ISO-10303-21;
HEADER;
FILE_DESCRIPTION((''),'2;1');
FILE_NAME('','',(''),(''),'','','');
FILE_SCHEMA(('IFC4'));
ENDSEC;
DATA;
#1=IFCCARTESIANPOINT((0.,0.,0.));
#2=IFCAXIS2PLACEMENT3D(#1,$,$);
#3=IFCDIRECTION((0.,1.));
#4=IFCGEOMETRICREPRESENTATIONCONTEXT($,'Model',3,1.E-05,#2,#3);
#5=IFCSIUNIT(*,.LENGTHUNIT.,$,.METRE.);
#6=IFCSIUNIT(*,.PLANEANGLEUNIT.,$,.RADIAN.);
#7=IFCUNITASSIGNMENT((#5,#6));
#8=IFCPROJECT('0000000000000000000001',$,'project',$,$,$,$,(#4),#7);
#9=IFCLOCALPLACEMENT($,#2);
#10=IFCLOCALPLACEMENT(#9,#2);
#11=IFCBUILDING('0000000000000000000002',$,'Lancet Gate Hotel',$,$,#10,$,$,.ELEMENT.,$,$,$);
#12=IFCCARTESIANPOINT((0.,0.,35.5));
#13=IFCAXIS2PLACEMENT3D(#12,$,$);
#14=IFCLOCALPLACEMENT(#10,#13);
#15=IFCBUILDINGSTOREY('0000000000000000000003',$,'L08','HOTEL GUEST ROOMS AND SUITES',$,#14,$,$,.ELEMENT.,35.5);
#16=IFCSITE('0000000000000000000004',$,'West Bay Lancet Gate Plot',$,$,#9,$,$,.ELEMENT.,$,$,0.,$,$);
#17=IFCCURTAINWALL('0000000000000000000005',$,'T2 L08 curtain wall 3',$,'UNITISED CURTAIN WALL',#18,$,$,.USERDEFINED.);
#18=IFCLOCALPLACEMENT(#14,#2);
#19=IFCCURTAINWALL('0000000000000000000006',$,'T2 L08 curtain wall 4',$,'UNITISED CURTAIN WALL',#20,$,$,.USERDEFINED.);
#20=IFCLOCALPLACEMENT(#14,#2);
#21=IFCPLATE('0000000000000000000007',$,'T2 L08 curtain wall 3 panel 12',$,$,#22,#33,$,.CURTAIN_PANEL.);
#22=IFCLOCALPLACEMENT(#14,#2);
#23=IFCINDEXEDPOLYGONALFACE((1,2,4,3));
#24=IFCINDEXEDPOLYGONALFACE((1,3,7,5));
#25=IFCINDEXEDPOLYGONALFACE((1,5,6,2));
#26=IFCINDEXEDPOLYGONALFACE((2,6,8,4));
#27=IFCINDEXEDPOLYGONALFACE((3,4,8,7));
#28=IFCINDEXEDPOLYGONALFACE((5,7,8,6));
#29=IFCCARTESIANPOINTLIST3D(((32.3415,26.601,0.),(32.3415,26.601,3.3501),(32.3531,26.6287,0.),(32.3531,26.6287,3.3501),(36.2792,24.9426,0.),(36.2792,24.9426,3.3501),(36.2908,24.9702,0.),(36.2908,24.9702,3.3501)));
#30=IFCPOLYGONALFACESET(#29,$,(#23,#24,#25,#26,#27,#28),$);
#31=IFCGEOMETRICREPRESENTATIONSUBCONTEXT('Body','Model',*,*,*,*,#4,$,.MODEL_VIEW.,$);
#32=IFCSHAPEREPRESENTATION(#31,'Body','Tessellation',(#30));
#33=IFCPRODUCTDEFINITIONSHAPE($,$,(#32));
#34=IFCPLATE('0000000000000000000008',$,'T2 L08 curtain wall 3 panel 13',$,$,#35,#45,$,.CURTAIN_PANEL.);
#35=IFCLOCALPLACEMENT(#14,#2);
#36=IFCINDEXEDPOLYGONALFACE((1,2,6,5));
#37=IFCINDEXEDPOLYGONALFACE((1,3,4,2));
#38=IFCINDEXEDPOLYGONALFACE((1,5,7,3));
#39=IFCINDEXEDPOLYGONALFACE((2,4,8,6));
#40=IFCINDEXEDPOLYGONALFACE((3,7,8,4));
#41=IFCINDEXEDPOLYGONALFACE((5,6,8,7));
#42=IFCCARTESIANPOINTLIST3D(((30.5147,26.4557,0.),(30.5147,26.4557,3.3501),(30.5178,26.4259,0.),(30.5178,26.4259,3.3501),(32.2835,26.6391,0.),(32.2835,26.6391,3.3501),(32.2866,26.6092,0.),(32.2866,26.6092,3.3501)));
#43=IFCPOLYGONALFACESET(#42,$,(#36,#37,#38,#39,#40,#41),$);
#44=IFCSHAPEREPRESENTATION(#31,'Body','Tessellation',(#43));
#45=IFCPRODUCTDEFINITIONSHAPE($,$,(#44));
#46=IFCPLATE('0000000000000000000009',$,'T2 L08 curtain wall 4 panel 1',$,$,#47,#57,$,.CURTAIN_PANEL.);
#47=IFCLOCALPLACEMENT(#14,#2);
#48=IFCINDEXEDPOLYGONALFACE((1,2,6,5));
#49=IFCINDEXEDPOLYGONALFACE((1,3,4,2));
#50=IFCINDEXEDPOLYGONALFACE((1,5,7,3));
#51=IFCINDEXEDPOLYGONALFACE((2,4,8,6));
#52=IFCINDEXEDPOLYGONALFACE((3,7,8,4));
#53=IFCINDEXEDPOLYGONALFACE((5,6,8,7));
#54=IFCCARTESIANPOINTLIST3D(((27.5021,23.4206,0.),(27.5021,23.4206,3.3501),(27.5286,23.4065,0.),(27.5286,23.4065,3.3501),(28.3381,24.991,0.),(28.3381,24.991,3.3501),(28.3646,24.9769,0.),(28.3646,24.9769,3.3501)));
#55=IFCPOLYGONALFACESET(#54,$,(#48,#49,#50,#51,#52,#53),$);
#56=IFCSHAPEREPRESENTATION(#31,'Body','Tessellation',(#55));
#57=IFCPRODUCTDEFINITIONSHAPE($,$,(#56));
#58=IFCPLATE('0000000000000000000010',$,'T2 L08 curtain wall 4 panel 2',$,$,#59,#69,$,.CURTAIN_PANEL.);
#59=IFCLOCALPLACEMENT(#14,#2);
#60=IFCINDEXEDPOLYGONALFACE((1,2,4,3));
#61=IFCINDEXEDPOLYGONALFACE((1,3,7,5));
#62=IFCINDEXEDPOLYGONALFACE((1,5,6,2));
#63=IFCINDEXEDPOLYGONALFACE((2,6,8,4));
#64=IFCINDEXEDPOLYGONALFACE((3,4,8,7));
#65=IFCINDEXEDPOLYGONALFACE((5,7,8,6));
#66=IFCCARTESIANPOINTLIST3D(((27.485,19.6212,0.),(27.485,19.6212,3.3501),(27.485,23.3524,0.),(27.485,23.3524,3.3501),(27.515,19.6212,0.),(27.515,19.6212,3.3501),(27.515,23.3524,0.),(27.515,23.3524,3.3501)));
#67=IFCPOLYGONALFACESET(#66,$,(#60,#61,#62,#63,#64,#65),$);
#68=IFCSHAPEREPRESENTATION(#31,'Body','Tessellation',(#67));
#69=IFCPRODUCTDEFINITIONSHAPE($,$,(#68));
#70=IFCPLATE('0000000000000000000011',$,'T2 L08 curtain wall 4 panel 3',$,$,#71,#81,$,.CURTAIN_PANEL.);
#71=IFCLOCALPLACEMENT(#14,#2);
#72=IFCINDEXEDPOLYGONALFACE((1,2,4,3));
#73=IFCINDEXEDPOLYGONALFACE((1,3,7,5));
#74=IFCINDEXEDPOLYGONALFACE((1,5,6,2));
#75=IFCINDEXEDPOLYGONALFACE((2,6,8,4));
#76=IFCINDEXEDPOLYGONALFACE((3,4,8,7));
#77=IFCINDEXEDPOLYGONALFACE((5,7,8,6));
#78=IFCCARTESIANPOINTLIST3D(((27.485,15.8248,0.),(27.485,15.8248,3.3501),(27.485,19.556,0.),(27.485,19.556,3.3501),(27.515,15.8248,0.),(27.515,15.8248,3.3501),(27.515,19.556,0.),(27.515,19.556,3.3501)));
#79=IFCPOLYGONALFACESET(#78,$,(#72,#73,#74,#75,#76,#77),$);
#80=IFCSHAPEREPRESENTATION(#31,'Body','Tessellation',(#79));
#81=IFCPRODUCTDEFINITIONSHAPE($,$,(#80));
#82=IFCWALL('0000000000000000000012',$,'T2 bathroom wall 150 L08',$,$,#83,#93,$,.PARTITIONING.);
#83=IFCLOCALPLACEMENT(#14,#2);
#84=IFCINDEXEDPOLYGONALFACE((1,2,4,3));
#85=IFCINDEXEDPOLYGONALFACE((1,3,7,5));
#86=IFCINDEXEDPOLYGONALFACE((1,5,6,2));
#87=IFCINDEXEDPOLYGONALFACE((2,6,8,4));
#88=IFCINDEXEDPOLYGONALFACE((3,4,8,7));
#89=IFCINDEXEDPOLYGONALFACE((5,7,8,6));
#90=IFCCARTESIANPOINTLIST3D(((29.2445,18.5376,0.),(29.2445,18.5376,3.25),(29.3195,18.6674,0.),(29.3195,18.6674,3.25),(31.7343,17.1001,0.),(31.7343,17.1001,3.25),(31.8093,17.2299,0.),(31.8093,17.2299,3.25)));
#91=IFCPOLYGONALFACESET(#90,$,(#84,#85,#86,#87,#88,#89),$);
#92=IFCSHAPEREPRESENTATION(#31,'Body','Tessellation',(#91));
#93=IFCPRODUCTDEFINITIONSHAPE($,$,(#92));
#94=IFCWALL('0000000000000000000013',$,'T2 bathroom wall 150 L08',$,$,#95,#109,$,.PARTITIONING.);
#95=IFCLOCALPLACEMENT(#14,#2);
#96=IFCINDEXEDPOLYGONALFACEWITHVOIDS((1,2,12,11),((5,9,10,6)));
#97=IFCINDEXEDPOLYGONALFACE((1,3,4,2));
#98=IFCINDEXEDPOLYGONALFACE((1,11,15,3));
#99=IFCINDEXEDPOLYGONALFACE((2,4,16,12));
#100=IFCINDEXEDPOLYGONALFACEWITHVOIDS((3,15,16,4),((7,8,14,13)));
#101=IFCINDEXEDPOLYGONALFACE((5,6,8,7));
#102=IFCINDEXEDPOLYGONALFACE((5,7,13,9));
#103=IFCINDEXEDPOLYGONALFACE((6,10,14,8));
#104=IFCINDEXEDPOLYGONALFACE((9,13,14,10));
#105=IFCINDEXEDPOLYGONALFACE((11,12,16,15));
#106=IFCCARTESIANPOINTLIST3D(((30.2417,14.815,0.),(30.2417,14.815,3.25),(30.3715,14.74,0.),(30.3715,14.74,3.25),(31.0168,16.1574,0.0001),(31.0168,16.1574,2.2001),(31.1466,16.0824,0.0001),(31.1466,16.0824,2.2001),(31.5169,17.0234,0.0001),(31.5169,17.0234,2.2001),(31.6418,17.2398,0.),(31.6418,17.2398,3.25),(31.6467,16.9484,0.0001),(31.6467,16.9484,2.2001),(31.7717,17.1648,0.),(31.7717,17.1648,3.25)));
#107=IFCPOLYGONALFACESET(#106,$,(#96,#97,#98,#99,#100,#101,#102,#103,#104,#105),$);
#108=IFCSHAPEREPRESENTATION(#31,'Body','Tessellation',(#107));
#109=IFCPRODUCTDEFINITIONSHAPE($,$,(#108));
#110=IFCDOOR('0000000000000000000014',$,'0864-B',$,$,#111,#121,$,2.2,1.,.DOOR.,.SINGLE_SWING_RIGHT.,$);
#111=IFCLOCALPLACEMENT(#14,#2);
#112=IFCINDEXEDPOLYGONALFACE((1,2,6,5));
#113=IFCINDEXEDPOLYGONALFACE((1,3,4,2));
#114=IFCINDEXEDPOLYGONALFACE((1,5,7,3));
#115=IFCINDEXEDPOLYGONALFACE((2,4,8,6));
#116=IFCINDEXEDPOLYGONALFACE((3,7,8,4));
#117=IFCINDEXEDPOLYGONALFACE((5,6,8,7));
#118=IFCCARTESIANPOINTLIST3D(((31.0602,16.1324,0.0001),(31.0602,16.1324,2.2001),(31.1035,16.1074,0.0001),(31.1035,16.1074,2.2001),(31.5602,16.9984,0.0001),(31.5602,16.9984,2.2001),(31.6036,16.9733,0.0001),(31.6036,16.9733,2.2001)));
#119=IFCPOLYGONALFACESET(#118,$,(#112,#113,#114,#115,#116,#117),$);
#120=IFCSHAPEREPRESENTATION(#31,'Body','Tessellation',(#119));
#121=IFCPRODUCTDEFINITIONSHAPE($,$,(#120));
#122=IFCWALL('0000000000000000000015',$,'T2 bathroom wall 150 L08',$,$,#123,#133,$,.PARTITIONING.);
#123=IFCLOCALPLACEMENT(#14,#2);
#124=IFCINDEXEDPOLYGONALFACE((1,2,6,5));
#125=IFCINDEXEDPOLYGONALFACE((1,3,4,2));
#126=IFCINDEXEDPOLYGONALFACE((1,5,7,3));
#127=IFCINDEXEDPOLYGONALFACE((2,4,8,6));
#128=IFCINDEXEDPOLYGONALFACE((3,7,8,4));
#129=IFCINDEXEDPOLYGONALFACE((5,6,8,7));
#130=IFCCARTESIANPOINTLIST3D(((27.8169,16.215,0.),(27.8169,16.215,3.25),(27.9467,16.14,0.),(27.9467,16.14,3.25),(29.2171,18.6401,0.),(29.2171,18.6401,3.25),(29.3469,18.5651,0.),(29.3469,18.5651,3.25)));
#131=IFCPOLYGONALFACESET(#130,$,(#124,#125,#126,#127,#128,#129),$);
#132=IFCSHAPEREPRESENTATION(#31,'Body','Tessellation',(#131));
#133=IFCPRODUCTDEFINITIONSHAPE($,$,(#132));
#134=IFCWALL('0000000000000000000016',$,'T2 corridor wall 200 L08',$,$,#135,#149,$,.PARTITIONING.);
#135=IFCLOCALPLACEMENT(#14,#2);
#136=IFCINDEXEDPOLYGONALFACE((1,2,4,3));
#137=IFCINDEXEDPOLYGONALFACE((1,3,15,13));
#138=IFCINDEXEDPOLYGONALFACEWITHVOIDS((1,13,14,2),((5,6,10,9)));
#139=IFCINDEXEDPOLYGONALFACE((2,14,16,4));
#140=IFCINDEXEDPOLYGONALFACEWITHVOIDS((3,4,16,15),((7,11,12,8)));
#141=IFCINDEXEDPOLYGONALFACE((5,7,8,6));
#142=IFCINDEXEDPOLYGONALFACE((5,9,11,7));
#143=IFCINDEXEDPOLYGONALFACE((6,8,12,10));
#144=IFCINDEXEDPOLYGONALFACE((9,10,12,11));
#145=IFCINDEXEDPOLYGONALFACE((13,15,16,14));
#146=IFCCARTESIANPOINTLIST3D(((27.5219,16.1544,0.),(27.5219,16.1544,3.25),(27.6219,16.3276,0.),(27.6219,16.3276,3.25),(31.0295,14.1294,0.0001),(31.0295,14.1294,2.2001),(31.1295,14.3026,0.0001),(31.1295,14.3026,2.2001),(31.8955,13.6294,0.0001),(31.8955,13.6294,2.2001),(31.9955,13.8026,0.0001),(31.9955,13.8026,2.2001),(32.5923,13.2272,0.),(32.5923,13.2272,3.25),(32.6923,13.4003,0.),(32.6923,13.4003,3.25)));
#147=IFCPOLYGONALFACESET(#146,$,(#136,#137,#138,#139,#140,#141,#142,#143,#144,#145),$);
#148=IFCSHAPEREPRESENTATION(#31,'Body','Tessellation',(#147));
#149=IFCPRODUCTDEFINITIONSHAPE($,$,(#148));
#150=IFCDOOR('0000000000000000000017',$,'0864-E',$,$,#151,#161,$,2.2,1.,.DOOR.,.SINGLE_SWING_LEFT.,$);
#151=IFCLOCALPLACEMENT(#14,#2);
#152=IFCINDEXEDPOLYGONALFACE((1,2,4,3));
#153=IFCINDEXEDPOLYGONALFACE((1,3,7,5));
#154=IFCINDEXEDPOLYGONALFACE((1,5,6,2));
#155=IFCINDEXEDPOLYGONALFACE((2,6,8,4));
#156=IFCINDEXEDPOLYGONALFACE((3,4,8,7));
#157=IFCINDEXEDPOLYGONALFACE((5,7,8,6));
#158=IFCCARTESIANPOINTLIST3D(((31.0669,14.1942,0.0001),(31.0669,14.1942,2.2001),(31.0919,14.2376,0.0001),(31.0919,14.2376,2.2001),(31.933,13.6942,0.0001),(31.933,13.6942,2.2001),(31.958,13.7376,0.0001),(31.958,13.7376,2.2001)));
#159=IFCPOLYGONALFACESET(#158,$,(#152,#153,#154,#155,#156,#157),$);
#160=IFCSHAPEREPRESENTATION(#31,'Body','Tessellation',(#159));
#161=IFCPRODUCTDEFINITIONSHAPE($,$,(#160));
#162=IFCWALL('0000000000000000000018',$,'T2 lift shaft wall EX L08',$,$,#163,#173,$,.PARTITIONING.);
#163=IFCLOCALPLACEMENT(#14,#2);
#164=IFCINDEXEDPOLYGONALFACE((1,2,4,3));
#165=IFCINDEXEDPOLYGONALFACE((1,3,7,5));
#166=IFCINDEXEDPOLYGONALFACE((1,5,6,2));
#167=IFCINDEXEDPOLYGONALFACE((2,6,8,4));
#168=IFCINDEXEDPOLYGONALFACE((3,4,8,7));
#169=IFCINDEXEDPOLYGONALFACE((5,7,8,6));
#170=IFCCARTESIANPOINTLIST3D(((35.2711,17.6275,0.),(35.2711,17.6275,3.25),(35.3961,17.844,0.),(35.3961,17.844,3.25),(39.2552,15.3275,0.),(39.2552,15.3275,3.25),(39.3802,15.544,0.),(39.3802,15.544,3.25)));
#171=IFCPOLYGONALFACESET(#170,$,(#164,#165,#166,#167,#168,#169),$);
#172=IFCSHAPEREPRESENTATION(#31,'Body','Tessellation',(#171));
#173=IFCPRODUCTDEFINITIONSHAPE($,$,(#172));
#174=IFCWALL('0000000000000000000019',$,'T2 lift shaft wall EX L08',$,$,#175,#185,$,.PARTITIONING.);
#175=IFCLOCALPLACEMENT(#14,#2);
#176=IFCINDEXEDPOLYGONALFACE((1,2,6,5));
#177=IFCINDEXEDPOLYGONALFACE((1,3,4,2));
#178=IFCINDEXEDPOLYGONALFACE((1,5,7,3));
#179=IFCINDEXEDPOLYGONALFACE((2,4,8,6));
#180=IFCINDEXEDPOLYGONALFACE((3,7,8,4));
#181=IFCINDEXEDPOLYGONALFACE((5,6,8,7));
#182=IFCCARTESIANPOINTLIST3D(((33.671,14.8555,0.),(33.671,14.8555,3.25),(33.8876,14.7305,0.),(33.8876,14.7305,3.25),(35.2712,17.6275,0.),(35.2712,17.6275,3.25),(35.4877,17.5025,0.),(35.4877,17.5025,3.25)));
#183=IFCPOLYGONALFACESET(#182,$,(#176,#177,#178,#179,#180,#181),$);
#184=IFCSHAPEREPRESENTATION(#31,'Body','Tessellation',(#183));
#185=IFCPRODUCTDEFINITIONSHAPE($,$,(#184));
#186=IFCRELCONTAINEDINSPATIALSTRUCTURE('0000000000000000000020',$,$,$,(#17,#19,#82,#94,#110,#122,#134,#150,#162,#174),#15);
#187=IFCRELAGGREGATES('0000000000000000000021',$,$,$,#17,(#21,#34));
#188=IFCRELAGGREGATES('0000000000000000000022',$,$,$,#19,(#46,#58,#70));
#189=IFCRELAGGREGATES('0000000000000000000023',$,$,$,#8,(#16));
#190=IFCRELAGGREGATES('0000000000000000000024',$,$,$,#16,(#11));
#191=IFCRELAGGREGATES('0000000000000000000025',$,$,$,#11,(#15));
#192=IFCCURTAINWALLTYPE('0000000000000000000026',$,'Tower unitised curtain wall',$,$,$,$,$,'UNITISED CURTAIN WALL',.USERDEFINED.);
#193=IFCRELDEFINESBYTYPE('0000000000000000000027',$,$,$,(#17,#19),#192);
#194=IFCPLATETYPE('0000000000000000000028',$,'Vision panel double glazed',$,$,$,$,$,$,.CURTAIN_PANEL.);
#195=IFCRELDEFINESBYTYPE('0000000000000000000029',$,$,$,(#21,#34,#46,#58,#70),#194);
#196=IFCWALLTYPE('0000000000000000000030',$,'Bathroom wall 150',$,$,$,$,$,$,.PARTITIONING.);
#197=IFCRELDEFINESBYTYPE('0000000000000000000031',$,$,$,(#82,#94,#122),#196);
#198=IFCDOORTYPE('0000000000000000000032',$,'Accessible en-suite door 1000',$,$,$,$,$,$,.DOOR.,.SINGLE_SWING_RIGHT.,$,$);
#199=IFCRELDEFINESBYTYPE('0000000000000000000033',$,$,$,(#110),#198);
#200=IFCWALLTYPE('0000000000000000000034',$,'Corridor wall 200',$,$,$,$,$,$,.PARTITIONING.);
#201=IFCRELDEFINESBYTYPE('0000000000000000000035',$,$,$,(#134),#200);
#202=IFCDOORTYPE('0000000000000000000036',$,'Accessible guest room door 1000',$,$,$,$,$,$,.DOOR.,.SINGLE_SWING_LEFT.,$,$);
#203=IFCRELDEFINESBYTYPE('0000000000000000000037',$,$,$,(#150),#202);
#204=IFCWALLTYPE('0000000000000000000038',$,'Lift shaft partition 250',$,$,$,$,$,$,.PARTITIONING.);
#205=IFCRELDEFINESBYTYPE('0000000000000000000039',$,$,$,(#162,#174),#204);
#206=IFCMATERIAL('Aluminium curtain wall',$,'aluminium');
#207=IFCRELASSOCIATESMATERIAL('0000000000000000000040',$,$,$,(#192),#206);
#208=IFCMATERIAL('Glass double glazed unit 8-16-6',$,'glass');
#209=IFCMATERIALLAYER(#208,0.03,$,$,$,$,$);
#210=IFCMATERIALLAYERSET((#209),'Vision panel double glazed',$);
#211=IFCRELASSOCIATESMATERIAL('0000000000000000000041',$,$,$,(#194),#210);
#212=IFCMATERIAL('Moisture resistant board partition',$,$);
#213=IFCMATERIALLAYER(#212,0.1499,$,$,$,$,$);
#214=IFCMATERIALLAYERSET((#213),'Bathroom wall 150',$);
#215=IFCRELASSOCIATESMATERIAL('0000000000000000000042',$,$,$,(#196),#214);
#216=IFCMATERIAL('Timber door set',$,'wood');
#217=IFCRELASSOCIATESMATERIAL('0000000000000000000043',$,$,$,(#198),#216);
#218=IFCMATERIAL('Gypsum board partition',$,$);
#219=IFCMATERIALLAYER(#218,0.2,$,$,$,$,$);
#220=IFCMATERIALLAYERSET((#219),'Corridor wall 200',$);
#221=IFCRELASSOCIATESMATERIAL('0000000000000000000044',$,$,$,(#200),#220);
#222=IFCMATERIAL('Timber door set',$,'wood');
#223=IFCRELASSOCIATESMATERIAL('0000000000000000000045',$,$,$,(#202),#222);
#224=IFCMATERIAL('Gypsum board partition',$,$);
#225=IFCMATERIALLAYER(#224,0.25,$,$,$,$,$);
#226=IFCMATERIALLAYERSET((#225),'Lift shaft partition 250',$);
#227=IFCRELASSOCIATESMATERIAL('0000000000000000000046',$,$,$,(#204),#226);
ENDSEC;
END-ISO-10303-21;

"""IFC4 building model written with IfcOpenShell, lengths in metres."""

from ifc_helpers import new_model, si_unit, direction, frame, frame_2d, origin, origin_2d, place, context, subcontext, project, spatial, rectangle, extrude, material, layer, layer_set, type_object, element, fill, aggregate, save


model = new_model("IFC4")

# Units and contexts
model_context = context("Model", 3, precision=1e-05, world=origin(), true_north=direction((0.0, 1.0)))
body_context = subcontext(model_context, "Body", "Model", "MODEL_VIEW")
ifc_project = project(units=[si_unit("LENGTHUNIT", "METRE"), si_unit("PLANEANGLEUNIT", "RADIAN")], contexts=[model_context])

# Site, building, storey
site_placement = place(None, origin())
site = spatial("IfcSite", under=ifc_project, at=site_placement, Name="West Bay Lancet Gate Plot", CompositionType="ELEMENT", RefElevation=0.0)
building_placement = place(site_placement, origin())
building = spatial("IfcBuilding", under=site, at=building_placement, Name="Lancet Gate Hotel", CompositionType="ELEMENT")
storey_placement = place(building_placement, frame((0.0, 0.0, 35.5)))
storey = spatial("IfcBuildingStorey", under=building, at=storey_placement, Name="L08", Description="HOTEL GUEST ROOMS AND SUITES", CompositionType="ELEMENT", Elevation=35.5)

# Curtain walls
ifc_material_1 = material(Name="Aluminium curtain wall", Category="aluminium")
curtain_wall_type = type_object("IfcCurtainWallType", Name="Tower unitised curtain wall", ElementType="UNITISED CURTAIN WALL", PredefinedType="USERDEFINED", material=ifc_material_1)
curtain_wall_1_placement = place(storey_placement, origin())
curtain_wall_1 = element("IfcCurtainWall", 1, at=curtain_wall_1_placement, inside=storey, type_object=curtain_wall_type, Name="T2 L08 curtain wall 3", ObjectType="UNITISED CURTAIN WALL", PredefinedType="USERDEFINED")
curtain_wall_2_placement = place(storey_placement, origin())
curtain_wall_2 = element("IfcCurtainWall", 2, at=curtain_wall_2_placement, inside=storey, type_object=curtain_wall_type, Name="T2 L08 curtain wall 4", ObjectType="UNITISED CURTAIN WALL", PredefinedType="USERDEFINED")

# Plates
ifc_material_2 = material(Name="Glass double glazed unit 8-16-6", Category="glass")
ifc_layer_1 = layer(ifc_material_2, 0.03)
ifc_layer_set_1 = layer_set([ifc_layer_1], Name="Vision panel double glazed")
plate_type = type_object("IfcPlateType", Name="Vision panel double glazed", PredefinedType="CURTAIN_PANEL", material=ifc_layer_set_1)
plate_1_placement = place(storey_placement, frame((34.3162, 25.7856, 0.0), z_axis=(0.0, 0.0, 1.0), x_axis=(-0.921593, 0.388157, 0.0)))
plate_1 = element("IfcPlate", 3, at=plate_1_placement, type_object=plate_type, Name="T2 L08 curtain wall 3 panel 12", PredefinedType="CURTAIN_PANEL", context=body_context, shape_type="SweptSolid", body=[
    extrude(rectangle(XDim=4.2727, YDim=0.03, at=origin_2d()), origin(), (0.0, 0.0, 1.0), 3.3501),
])
plate_2_placement = place(storey_placement, frame((31.4006, 26.5325, 0.0), z_axis=(0.0, 0.0, 1.0), x_axis=(-0.994672, -0.103088, 0.0)))
plate_2 = element("IfcPlate", 4, at=plate_2_placement, type_object=plate_type, Name="T2 L08 curtain wall 3 panel 13", PredefinedType="CURTAIN_PANEL", context=body_context, shape_type="SweptSolid", body=[
    extrude(rectangle(XDim=1.7783, YDim=0.03, at=origin_2d()), origin(), (0.0, 0.0, 1.0), 3.3501),
])
aggregate(curtain_wall_1, [plate_1, plate_2])
plate_3_placement = place(storey_placement, frame((27.9333, 24.1987, 0.0), z_axis=(0.0, 0.0, 1.0), x_axis=(-0.469898, -0.882721, 0.0)))
plate_3 = element("IfcPlate", 5, at=plate_3_placement, type_object=plate_type, Name="T2 L08 curtain wall 4 panel 1", PredefinedType="CURTAIN_PANEL", context=body_context, shape_type="SweptSolid", body=[
    extrude(rectangle(XDim=1.7791, YDim=0.03, at=origin_2d()), origin(), (0.0, 0.0, 1.0), 3.3501),
])
plate_4_placement = place(storey_placement, frame((27.5, 21.4868, 0.0), z_axis=(0.0, 0.0, 1.0), x_axis=(0.0, -1.0, 0.0)))
plate_4 = element("IfcPlate", 6, at=plate_4_placement, type_object=plate_type, Name="T2 L08 curtain wall 4 panel 2", PredefinedType="CURTAIN_PANEL", context=body_context, shape_type="SweptSolid", body=[
    extrude(rectangle(XDim=3.7312, YDim=0.03, at=origin_2d()), origin(), (0.0, 0.0, 1.0), 3.3501),
])
plate_5_placement = place(storey_placement, frame((27.5, 17.6904, 0.0), z_axis=(0.0, 0.0, 1.0), x_axis=(0.0, -1.0, 0.0)))
plate_5 = element("IfcPlate", 7, at=plate_5_placement, type_object=plate_type, Name="T2 L08 curtain wall 4 panel 3", PredefinedType="CURTAIN_PANEL", context=body_context, shape_type="SweptSolid", body=[
    extrude(rectangle(XDim=3.7312, YDim=0.03, at=origin_2d()), origin(), (0.0, 0.0, 1.0), 3.3501),
])
aggregate(curtain_wall_2, [plate_3, plate_4, plate_5])

# Wall
ifc_material_3 = material(Name="Moisture resistant board partition")
ifc_layer_2 = layer(ifc_material_3, 0.1499)
ifc_layer_set_2 = layer_set([ifc_layer_2], Name="Bathroom wall 150")
wall_type_1 = type_object("IfcWallType", Name="Bathroom wall 150", PredefinedType="PARTITIONING", material=ifc_layer_set_2)
wall_1_placement = place(storey_placement, frame((29.282, 18.6025, 0.0), z_axis=(0.0, 0.0, 1.0), x_axis=(0.866019, -0.500012, 0.0)))
element("IfcWall", 8, at=wall_1_placement, inside=storey, type_object=wall_type_1, Name="T2 bathroom wall 150 L08", PredefinedType="PARTITIONING", context=body_context, shape_type="SweptSolid", body=[
    extrude(rectangle(XDim=2.875, YDim=0.1499, at=frame_2d((1.4375, 0.0))), origin(), (0.0, 0.0, 1.0), 3.25),
])

# Wall, opening, door
wall_2_placement = place(storey_placement, frame((30.3066, 14.7776, 0.0), z_axis=(0.0, 0.0, 1.0), x_axis=(0.50005, 0.865997, 0.0)))
wall_2 = element("IfcWall", 9, at=wall_2_placement, inside=storey, type_object=wall_type_1, Name="T2 bathroom wall 150 L08", PredefinedType="PARTITIONING", context=body_context, shape_type="SweptSolid", body=[
    extrude(rectangle(XDim=2.8, YDim=0.1499, at=frame_2d((1.3999, 0.0))), origin(), (0.0, 0.0, 1.0), 3.25),
])
opening_1_placement = place(wall_2_placement, frame((1.55, 0.0, 0.0)))
opening_1 = element("IfcOpeningElement", 10, at=opening_1_placement, cuts=wall_2, PredefinedType="OPENING", context=body_context, shape_type="SweptSolid", body=[
    extrude(rectangle(XDim=1.0, YDim=2.2, at=frame_2d((0.5, 1.1001))), frame((0.0, 0.085, 0.0), z_axis=(0.0, -1.0, 0.0), x_axis=(1.0, 0.0, 0.0)), (0.0, 0.0, 1.0), 0.1699),
])
ifc_material_4 = material(Name="Timber door set", Category="wood")
door_type_1 = type_object("IfcDoorType", Name="Accessible en-suite door 1000", OperationType="SINGLE_SWING_RIGHT", PredefinedType="DOOR", material=ifc_material_4)
door_1_placement = place(opening_1_placement, origin())
door_1 = element("IfcDoor", 11, at=door_1_placement, inside=storey, type_object=door_type_1, Name="0864-B", OperationType="SINGLE_SWING_RIGHT", OverallHeight=2.2, OverallWidth=1.0, PredefinedType="DOOR", context=body_context, shape_type="SweptSolid", body=[
    extrude(rectangle(XDim=1.0, YDim=2.2, at=frame_2d((0.5, 1.1001))), frame((0.0, 0.0249, 0.0), z_axis=(0.0, -1.0, 0.0), x_axis=(1.0, 0.0, 0.0)), (0.0, 0.0, 1.0), 0.05),
])
fill(opening_1, door_1)

# Wall
wall_3_placement = place(storey_placement, frame((27.8818, 16.1775, 0.0), z_axis=(0.0, 0.0, 1.0), x_axis=(0.500012, 0.866019, 0.0)))
element("IfcWall", 12, at=wall_3_placement, inside=storey, type_object=wall_type_1, Name="T2 bathroom wall 150 L08", PredefinedType="PARTITIONING", context=body_context, shape_type="SweptSolid", body=[
    extrude(rectangle(XDim=2.8003, YDim=0.1499, at=frame_2d((1.4001, 0.0))), origin(), (0.0, 0.0, 1.0), 3.25),
])

# Wall, opening, door
ifc_material_5 = material(Name="Gypsum board partition")
ifc_layer_3 = layer(ifc_material_5, 0.2)
ifc_layer_set_3 = layer_set([ifc_layer_3], Name="Corridor wall 200")
wall_type_2 = type_object("IfcWallType", Name="Corridor wall 200", PredefinedType="PARTITIONING", material=ifc_layer_set_3)
wall_4_placement = place(storey_placement, frame((27.572, 16.241, 0.0), z_axis=(0.0, 0.0, 1.0), x_axis=(0.866033, -0.499987, 0.0)))
wall_4 = element("IfcWall", 13, at=wall_4_placement, inside=storey, type_object=wall_type_2, Name="T2 corridor wall 200 L08", PredefinedType="PARTITIONING", context=body_context, shape_type="SweptSolid", body=[
    extrude(rectangle(XDim=5.8547, YDim=0.2, at=frame_2d((2.9272, 0.0))), origin(), (0.0, 0.0, 1.0), 3.25),
])
opening_2_placement = place(wall_4_placement, frame((4.05, 0.0, 0.0)))
opening_2 = element("IfcOpeningElement", 14, at=opening_2_placement, cuts=wall_4, PredefinedType="OPENING", context=body_context, shape_type="SweptSolid", body=[
    extrude(rectangle(XDim=1.0, YDim=2.2, at=frame_2d((0.5, 1.1001))), frame((0.0, 0.1099, 0.0), z_axis=(0.0, -1.0, 0.0), x_axis=(1.0, 0.0, 0.0)), (0.0, 0.0, 1.0), 0.22),
])
ifc_material_6 = material(Name="Timber door set", Category="wood")
door_type_2 = type_object("IfcDoorType", Name="Accessible guest room door 1000", OperationType="SINGLE_SWING_LEFT", PredefinedType="DOOR", material=ifc_material_6)
door_2_placement = place(opening_2_placement, origin())
door_2 = element("IfcDoor", 15, at=door_2_placement, inside=storey, type_object=door_type_2, Name="0864-E", OperationType="SINGLE_SWING_LEFT", OverallHeight=2.2, OverallWidth=1.0, PredefinedType="DOOR", context=body_context, shape_type="SweptSolid", body=[
    extrude(rectangle(XDim=1.0, YDim=2.2, at=frame_2d((0.5, 1.1001))), frame((0.0, 0.0249, 0.0), z_axis=(0.0, -1.0, 0.0), x_axis=(1.0, 0.0, 0.0)), (0.0, 0.0, 1.0), 0.05),
])
fill(opening_2, door_2)

# Walls
ifc_material_7 = material(Name="Gypsum board partition")
ifc_layer_4 = layer(ifc_material_7, 0.25)
ifc_layer_set_4 = layer_set([ifc_layer_4], Name="Lift shaft partition 250")
wall_type_3 = type_object("IfcWallType", Name="Lift shaft partition 250", PredefinedType="PARTITIONING", material=ifc_layer_set_4)
wall_5_placement = place(storey_placement, frame((35.3335, 17.7358, 0.0), z_axis=(0.0, 0.0, 1.0), x_axis=(0.866043, -0.499969, 0.0)))
element("IfcWall", 16, at=wall_5_placement, inside=storey, type_object=wall_type_3, Name="T2 lift shaft wall EX L08", PredefinedType="PARTITIONING", context=body_context, shape_type="SweptSolid", body=[
    extrude(rectangle(XDim=4.6003, YDim=0.25, at=frame_2d((2.3003, 0.0))), origin(), (0.0, 0.0, 1.0), 3.25),
])
wall_6_placement = place(storey_placement, frame((33.7793, 14.793, 0.0), z_axis=(0.0, 0.0, 1.0), x_axis=(0.499929, 0.866066, 0.0)))
element("IfcWall", 17, at=wall_6_placement, inside=storey, type_object=wall_type_3, Name="T2 lift shaft wall EX L08", PredefinedType="PARTITIONING", context=body_context, shape_type="SweptSolid", body=[
    extrude(rectangle(XDim=3.2007, YDim=0.25, at=frame_2d((1.6003, 0.0))), origin(), (0.0, 0.0, 1.0), 3.25),
])

save(model, "model.ifc")
